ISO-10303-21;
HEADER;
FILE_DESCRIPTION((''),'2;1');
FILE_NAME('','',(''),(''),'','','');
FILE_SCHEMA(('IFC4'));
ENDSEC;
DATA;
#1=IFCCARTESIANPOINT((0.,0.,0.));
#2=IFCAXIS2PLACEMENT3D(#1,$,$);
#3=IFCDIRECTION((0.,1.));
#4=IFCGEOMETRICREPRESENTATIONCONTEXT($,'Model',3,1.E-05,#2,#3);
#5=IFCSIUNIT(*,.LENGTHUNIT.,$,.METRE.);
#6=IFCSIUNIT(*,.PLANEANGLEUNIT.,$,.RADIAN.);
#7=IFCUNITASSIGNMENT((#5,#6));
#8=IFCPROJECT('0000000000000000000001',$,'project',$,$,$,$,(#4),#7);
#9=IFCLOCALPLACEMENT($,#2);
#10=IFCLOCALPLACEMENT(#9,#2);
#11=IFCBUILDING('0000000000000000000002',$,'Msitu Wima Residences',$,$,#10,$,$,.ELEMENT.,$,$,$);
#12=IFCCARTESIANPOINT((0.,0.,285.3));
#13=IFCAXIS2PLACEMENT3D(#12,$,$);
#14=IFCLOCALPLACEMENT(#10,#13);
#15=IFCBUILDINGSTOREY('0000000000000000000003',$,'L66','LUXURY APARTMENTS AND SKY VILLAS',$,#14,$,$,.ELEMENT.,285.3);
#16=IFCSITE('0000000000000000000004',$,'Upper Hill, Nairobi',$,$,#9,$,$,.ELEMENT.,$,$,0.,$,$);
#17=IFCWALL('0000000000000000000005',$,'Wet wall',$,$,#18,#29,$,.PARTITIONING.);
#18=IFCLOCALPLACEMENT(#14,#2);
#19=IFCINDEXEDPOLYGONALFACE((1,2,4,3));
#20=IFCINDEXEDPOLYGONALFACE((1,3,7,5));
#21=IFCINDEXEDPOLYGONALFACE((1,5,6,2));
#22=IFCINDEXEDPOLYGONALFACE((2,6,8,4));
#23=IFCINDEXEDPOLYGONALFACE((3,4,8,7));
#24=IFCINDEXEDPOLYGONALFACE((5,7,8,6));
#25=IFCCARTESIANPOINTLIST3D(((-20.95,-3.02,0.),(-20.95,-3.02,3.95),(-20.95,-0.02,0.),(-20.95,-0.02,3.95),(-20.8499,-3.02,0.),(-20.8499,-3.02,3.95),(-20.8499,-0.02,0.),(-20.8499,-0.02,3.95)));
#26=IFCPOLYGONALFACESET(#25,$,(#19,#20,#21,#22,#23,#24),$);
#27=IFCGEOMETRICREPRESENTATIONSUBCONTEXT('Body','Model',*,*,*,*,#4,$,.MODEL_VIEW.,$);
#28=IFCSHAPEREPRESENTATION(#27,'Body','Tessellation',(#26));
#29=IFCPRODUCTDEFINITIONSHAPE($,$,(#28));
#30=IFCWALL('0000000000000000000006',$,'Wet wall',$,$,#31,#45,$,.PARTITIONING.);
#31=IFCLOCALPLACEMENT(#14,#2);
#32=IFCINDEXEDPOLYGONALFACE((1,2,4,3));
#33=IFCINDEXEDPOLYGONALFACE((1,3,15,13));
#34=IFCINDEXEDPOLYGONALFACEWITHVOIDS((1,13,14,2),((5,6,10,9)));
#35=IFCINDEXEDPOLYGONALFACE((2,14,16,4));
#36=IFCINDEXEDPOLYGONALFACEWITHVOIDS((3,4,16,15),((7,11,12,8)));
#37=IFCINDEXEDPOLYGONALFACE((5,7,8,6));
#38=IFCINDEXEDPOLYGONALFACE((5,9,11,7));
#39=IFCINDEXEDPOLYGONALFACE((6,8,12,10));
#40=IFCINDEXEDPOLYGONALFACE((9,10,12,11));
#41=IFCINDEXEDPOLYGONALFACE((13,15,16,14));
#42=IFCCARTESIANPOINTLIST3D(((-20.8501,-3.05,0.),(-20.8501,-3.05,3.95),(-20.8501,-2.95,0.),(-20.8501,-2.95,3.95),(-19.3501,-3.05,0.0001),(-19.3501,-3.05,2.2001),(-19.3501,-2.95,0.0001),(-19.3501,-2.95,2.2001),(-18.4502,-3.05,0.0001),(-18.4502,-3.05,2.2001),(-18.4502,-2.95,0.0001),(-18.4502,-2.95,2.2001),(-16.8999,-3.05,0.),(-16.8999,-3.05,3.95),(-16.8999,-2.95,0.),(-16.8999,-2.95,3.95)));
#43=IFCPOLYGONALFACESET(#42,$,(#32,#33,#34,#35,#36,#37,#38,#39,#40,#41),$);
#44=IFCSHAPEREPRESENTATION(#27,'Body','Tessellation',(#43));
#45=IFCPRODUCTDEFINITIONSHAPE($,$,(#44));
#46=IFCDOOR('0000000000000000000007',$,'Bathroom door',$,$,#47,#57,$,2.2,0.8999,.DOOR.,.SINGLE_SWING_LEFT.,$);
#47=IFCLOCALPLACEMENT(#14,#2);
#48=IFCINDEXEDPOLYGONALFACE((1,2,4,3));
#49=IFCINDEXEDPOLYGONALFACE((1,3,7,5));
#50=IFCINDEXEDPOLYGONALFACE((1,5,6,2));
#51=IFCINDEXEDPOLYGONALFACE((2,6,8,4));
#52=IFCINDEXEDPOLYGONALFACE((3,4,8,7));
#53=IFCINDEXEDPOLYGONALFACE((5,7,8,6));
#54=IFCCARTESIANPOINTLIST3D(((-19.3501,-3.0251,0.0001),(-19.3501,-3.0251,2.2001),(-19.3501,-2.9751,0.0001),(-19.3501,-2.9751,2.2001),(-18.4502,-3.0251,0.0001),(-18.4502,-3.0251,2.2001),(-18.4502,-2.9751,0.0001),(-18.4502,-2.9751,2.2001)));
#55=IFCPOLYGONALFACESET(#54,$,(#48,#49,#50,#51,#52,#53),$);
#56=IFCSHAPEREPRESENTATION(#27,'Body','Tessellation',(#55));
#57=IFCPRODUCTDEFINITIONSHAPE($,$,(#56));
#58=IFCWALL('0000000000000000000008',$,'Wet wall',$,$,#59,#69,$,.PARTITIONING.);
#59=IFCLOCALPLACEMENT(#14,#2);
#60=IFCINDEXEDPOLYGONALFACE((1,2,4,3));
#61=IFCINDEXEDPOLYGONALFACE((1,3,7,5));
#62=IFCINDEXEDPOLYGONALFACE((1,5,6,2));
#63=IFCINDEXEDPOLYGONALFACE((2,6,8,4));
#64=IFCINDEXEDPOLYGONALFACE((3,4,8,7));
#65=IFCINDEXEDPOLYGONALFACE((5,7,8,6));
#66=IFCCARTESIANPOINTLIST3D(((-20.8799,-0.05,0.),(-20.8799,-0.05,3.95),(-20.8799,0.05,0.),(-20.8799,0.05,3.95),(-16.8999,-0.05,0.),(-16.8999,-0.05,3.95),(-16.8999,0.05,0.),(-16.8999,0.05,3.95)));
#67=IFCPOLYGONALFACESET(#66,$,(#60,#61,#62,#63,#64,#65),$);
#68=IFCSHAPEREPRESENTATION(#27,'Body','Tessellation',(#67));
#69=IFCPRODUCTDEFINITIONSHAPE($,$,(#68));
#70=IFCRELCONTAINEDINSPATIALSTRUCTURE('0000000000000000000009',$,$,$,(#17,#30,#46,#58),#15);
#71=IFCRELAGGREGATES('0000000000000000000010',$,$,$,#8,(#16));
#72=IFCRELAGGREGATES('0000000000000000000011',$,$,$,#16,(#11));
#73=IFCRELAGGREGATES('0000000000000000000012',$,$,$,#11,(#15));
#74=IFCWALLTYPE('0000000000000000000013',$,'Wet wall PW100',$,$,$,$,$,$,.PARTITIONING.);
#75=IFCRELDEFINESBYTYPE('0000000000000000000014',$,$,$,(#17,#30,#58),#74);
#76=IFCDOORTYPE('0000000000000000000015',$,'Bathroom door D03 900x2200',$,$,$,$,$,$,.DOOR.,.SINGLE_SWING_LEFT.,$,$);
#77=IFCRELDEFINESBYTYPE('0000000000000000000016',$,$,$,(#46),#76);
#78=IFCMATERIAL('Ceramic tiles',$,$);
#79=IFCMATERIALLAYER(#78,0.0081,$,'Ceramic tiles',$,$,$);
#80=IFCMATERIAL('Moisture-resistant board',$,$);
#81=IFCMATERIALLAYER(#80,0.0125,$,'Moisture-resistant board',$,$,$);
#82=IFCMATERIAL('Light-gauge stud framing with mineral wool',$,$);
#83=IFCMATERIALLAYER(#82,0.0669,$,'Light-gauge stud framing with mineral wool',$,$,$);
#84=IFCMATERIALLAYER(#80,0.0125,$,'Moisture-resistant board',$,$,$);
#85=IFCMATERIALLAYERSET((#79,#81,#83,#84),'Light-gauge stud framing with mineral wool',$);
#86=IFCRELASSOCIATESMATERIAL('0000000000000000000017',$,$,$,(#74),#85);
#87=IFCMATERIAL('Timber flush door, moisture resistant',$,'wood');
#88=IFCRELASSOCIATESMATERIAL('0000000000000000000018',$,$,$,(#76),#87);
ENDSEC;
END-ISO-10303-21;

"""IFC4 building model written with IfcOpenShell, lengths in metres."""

from ifc_helpers import new_model, si_unit, direction, frame, frame_2d, origin, place, context, subcontext, project, spatial, rectangle, extrude, material, layer, layer_set, type_object, element, fill, save


model = new_model("IFC4")

# Units and contexts
model_context = context("Model", 3, precision=1e-05, world=origin(), true_north=direction((0.0, 1.0)))
body_context = subcontext(model_context, "Body", "Model", "MODEL_VIEW")
ifc_project = project(units=[si_unit("LENGTHUNIT", "METRE"), si_unit("PLANEANGLEUNIT", "RADIAN")], contexts=[model_context])

# Site, building, storey
site_placement = place(None, origin())
site = spatial("IfcSite", under=ifc_project, at=site_placement, Name="Upper Hill, Nairobi", CompositionType="ELEMENT", RefElevation=0.0)
building_placement = place(site_placement, origin())
building = spatial("IfcBuilding", under=site, at=building_placement, Name="Msitu Wima Residences", CompositionType="ELEMENT")
storey_placement = place(building_placement, frame((0.0, 0.0, 285.3)))
storey = spatial("IfcBuildingStorey", under=building, at=storey_placement, Name="L66", Description="LUXURY APARTMENTS AND SKY VILLAS", CompositionType="ELEMENT", Elevation=285.3)

# Wall
ifc_material_1 = material(Name="Ceramic tiles")
ifc_layer_1 = layer(ifc_material_1, 0.0081, Name="Ceramic tiles")
ifc_material_2 = material(Name="Moisture-resistant board")
ifc_layer_2 = layer(ifc_material_2, 0.0125, Name="Moisture-resistant board")
ifc_material_3 = material(Name="Light-gauge stud framing with mineral wool")
ifc_layer_3 = layer(ifc_material_3, 0.0669, Name="Light-gauge stud framing with mineral wool")
ifc_layer_4 = layer(ifc_material_2, 0.0125, Name="Moisture-resistant board")
ifc_layer_set_1 = layer_set([ifc_layer_1, ifc_layer_2, ifc_layer_3, ifc_layer_4], Name="Light-gauge stud framing with mineral wool")
wall_type_1 = type_object("IfcWallType", Name="Wet wall PW100", PredefinedType="PARTITIONING", material=ifc_layer_set_1)
wall_1_placement = place(storey_placement, frame((-20.8999, -3.02, 0.0), z_axis=(0.0, 0.0, 1.0), x_axis=(0.0, 1.0, 0.0)))
element("IfcWall", 1, at=wall_1_placement, inside=storey, type_object=wall_type_1, Name="Wet wall", PredefinedType="PARTITIONING", context=body_context, shape_type="SweptSolid", body=[
    extrude(rectangle(XDim=3.0, YDim=0.1001, at=frame_2d((1.5, 0.0))), origin(), (0.0, 0.0, 1.0), 3.95),
])

# Wall, opening, door
wall_2_placement = place(storey_placement, frame((-20.8501, -3.0, 0.0), z_axis=(0.0, 0.0, 1.0), x_axis=(1.0, 0.0, 0.0)))
wall_2 = element("IfcWall", 2, at=wall_2_placement, inside=storey, type_object=wall_type_1, Name="Wet wall", PredefinedType="PARTITIONING", context=body_context, shape_type="SweptSolid", body=[
    extrude(rectangle(XDim=3.9502, YDim=0.1001, at=frame_2d((1.9751, 0.0))), origin(), (0.0, 0.0, 1.0), 3.95),
])
opening_1_placement = place(wall_2_placement, frame((1.5, 0.0, 0.0)))
opening_1 = element("IfcOpeningElement", 3, at=opening_1_placement, cuts=wall_2, PredefinedType="OPENING", context=body_context, shape_type="SweptSolid", body=[
    extrude(rectangle(XDim=0.8999, YDim=2.2, at=frame_2d((0.45, 1.1001))), frame((0.0, 0.0601, 0.0), z_axis=(0.0, -1.0, 0.0), x_axis=(1.0, 0.0, 0.0)), (0.0, 0.0, 1.0), 0.1201),
])
ifc_material_4 = material(Name="Timber flush door, moisture resistant", Category="wood")
door_type_1 = type_object("IfcDoorType", Name="Bathroom door D03 900x2200", OperationType="SINGLE_SWING_LEFT", PredefinedType="DOOR", material=ifc_material_4)
door_1_placement = place(opening_1_placement, origin())
door_1 = element("IfcDoor", 4, at=door_1_placement, inside=storey, type_object=door_type_1, Name="Bathroom door", OperationType="SINGLE_SWING_LEFT", OverallHeight=2.2, OverallWidth=0.8999, PredefinedType="DOOR", context=body_context, shape_type="SweptSolid", body=[
    extrude(rectangle(XDim=0.8999, YDim=2.2, at=frame_2d((0.45, 1.1001))), frame((0.0, 0.0249, 0.0), z_axis=(0.0, -1.0, 0.0), x_axis=(1.0, 0.0, 0.0)), (0.0, 0.0, 1.0), 0.05),
])
fill(opening_1, door_1)

# Wall
wall_3_placement = place(storey_placement, frame((-20.8799, 0.0, 0.0), z_axis=(0.0, 0.0, 1.0), x_axis=(1.0, 0.0, 0.0)))
element("IfcWall", 5, at=wall_3_placement, inside=storey, type_object=wall_type_1, Name="Wet wall", PredefinedType="PARTITIONING", context=body_context, shape_type="SweptSolid", body=[
    extrude(rectangle(XDim=3.98, YDim=0.1001, at=frame_2d((1.99, 0.0))), origin(), (0.0, 0.0, 1.0), 3.95),
])

save(model, "model.ifc")
